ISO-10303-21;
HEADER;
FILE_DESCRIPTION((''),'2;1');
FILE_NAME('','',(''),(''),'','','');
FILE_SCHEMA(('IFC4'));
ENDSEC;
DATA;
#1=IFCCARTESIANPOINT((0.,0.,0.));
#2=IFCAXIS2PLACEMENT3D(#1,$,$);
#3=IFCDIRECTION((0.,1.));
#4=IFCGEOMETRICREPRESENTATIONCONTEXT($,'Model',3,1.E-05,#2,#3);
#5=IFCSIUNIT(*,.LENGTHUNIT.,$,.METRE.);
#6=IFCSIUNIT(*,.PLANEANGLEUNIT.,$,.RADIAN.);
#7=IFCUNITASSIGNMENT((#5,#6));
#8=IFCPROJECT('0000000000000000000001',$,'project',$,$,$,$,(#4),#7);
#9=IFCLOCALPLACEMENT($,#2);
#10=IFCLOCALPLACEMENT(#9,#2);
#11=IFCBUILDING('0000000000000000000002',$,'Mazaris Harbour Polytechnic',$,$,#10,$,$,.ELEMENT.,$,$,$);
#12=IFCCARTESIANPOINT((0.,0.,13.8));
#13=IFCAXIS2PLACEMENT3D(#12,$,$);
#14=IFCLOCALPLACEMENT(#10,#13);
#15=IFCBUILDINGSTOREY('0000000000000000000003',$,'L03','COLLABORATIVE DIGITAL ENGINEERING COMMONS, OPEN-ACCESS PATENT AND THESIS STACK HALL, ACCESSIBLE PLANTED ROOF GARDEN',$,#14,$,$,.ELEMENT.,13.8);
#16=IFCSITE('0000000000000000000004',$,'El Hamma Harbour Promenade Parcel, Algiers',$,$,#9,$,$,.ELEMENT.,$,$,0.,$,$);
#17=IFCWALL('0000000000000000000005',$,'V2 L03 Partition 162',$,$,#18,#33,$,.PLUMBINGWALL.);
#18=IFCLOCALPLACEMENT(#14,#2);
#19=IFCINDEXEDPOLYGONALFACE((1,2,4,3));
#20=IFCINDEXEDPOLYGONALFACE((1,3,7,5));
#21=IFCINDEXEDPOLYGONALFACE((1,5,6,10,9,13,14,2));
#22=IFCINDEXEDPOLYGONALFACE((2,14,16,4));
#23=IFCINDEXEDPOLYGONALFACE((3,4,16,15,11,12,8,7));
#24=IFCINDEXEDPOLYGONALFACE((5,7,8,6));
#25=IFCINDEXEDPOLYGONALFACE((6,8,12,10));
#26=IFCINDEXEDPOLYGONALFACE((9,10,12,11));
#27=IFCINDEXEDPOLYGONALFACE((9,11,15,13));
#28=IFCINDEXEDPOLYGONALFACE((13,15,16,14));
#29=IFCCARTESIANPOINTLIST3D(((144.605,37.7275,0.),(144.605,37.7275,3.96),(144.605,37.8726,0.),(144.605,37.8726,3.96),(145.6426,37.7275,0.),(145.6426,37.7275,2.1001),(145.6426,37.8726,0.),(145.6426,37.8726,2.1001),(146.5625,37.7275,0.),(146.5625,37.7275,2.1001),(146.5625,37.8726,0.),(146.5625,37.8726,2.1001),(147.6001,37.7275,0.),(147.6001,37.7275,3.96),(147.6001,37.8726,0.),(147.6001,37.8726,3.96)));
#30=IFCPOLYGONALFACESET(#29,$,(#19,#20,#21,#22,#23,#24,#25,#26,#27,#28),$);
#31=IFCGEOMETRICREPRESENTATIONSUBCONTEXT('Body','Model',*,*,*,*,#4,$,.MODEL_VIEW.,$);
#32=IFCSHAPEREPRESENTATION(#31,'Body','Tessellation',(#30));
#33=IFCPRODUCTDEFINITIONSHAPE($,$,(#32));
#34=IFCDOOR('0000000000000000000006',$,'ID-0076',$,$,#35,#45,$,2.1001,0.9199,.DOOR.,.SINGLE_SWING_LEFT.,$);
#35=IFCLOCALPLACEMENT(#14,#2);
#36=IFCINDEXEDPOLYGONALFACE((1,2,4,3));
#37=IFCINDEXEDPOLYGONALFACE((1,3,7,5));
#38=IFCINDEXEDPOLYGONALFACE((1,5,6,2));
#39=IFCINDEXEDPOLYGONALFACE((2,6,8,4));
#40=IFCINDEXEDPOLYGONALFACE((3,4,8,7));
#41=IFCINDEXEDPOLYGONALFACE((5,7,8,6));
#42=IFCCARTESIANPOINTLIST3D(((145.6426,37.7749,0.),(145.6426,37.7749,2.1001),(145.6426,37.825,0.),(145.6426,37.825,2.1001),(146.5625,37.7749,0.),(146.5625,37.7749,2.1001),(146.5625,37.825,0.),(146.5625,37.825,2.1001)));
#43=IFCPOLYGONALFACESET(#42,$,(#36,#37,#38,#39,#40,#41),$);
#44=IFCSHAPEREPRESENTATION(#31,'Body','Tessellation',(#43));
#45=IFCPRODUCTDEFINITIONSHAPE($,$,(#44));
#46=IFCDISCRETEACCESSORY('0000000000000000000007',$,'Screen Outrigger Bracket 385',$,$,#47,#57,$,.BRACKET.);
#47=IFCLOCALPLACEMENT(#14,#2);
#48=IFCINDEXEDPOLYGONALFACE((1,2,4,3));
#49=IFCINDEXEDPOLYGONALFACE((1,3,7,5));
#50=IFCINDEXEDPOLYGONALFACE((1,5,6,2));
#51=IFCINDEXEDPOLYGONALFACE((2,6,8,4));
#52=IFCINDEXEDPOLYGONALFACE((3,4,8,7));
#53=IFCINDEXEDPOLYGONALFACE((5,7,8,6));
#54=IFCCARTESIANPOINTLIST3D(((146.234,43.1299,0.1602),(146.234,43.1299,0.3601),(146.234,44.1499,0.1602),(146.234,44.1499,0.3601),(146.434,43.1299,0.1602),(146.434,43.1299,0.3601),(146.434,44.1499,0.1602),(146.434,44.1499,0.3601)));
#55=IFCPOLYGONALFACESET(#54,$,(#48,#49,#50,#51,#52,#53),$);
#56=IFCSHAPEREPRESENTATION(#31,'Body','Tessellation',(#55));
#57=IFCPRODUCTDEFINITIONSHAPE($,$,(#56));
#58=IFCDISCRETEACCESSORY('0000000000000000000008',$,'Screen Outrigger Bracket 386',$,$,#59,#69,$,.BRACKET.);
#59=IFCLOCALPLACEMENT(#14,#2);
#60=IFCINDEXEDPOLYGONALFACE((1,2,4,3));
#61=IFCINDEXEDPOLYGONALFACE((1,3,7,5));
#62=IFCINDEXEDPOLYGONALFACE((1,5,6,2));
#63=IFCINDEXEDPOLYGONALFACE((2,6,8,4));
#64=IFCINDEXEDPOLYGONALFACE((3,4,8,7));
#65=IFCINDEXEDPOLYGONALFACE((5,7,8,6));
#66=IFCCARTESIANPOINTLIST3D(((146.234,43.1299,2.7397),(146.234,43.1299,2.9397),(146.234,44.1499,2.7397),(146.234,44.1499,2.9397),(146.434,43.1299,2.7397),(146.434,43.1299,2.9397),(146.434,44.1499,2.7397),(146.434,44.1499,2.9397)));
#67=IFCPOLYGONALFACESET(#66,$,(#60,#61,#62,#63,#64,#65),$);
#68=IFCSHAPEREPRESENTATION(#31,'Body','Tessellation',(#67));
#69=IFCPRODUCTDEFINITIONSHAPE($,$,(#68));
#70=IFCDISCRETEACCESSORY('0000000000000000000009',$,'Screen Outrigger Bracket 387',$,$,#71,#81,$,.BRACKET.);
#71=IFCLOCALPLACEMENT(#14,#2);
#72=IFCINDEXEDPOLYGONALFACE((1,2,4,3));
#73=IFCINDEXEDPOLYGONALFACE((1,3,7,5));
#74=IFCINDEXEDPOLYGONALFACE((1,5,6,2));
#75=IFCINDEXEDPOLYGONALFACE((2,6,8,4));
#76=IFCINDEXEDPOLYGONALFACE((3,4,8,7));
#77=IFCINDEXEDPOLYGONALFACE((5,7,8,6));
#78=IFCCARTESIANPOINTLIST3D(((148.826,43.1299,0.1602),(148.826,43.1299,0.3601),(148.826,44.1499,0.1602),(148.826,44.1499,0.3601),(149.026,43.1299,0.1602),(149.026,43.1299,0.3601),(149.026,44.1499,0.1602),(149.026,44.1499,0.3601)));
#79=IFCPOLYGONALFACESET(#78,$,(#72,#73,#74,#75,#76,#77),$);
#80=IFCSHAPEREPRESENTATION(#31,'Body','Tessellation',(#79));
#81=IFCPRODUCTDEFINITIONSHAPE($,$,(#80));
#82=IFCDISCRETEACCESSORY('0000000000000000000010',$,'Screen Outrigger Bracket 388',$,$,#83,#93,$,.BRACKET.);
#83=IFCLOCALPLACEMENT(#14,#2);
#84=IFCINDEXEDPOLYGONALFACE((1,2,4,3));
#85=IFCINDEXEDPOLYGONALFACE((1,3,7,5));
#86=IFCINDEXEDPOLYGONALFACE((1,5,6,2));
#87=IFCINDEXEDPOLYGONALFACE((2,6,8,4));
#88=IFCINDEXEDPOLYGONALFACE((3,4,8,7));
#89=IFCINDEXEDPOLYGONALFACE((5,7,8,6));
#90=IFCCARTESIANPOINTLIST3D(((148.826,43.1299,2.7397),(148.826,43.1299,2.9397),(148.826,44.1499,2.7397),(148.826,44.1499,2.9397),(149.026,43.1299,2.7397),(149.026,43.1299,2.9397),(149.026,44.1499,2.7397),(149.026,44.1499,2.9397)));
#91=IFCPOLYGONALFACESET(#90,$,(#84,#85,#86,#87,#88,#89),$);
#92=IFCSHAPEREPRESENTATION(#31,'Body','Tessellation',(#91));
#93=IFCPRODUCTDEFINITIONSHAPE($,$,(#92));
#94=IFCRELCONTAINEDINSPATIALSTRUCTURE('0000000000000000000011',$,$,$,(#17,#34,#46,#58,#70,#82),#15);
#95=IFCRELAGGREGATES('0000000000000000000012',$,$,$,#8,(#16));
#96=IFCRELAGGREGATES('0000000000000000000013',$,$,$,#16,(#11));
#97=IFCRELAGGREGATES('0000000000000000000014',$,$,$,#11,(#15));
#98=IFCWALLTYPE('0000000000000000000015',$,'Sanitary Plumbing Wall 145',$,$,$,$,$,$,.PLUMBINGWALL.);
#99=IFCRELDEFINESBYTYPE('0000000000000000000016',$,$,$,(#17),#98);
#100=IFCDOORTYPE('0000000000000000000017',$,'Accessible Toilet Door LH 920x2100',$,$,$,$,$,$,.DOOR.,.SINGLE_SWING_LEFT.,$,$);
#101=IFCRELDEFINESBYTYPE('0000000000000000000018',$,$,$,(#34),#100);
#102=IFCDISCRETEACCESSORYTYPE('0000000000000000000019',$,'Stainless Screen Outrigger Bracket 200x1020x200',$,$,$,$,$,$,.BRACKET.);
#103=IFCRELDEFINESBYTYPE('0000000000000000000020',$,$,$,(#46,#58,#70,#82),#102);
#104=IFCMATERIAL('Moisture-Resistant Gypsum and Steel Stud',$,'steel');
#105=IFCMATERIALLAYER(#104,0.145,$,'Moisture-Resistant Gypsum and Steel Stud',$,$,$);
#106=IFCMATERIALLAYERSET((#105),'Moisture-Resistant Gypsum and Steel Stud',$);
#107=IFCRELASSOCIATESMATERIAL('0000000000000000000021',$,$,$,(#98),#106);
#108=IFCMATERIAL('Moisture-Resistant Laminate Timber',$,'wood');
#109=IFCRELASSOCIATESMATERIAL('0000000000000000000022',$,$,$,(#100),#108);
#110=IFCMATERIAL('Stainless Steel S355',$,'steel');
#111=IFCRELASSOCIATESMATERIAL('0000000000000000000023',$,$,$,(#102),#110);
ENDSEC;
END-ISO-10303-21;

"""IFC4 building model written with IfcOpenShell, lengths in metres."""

from ifc_helpers import new_model, si_unit, direction, frame, frame_2d, origin, origin_2d, place, context, subcontext, project, spatial, rectangle, extrude, material, layer, layer_set, type_object, element, fill, save


model = new_model("IFC4")

# Units and contexts
model_context = context("Model", 3, precision=1e-05, world=origin(), true_north=direction((0.0, 1.0)))
body_context = subcontext(model_context, "Body", "Model", "MODEL_VIEW")
ifc_project = project(units=[si_unit("LENGTHUNIT", "METRE"), si_unit("PLANEANGLEUNIT", "RADIAN")], contexts=[model_context])

# Site, building, storey
site_placement = place(None, origin())
site = spatial("IfcSite", under=ifc_project, at=site_placement, Name="El Hamma Harbour Promenade Parcel, Algiers", CompositionType="ELEMENT", RefElevation=0.0)
building_placement = place(site_placement, origin())
building = spatial("IfcBuilding", under=site, at=building_placement, Name="Mazaris Harbour Polytechnic", CompositionType="ELEMENT")
storey_placement = place(building_placement, frame((0.0, 0.0, 13.8)))
storey = spatial("IfcBuildingStorey", under=building, at=storey_placement, Name="L03", Description="COLLABORATIVE DIGITAL ENGINEERING COMMONS, OPEN-ACCESS PATENT AND THESIS STACK HALL, ACCESSIBLE PLANTED ROOF GARDEN", CompositionType="ELEMENT", Elevation=13.8)

# Wall, opening, door
ifc_material_1 = material(Name="Moisture-Resistant Gypsum and Steel Stud", Category="steel")
ifc_layer_1 = layer(ifc_material_1, 0.145, Name="Moisture-Resistant Gypsum and Steel Stud")
ifc_layer_set_1 = layer_set([ifc_layer_1], Name="Moisture-Resistant Gypsum and Steel Stud")
wall_type_1 = type_object("IfcWallType", Name="Sanitary Plumbing Wall 145", PredefinedType="PLUMBINGWALL", material=ifc_layer_set_1)
wall_1_placement = place(storey_placement, frame((144.605, 37.8, 0.0), z_axis=(0.0, 0.0, 1.0), x_axis=(1.0, 0.0, 0.0)))
wall_1 = element("IfcWall", 1, at=wall_1_placement, inside=storey, type_object=wall_type_1, Name="V2 L03 Partition 162", PredefinedType="PLUMBINGWALL", context=body_context, shape_type="SweptSolid", body=[
    extrude(rectangle(XDim=2.9951, YDim=0.145, at=frame_2d((1.4976, 0.0))), origin(), (0.0, 0.0, 1.0), 3.96),
])
opening_1_placement = place(wall_1_placement, frame((1.0376, 0.0, 0.0)))
opening_1 = element("IfcOpeningElement", 2, at=opening_1_placement, cuts=wall_1, PredefinedType="OPENING", context=body_context, shape_type="SweptSolid", body=[
    extrude(rectangle(XDim=0.9199, YDim=2.1001, at=frame_2d((0.46, 1.05))), frame((0.0, 0.0825, 0.0), z_axis=(0.0, -1.0, 0.0), x_axis=(1.0, 0.0, 0.0)), (0.0, 0.0, 1.0), 0.165),
])
ifc_material_2 = material(Name="Moisture-Resistant Laminate Timber", Category="wood")
door_type_1 = type_object("IfcDoorType", Name="Accessible Toilet Door LH 920x2100", OperationType="SINGLE_SWING_LEFT", PredefinedType="DOOR", material=ifc_material_2)
door_1_placement = place(opening_1_placement, origin())
door_1 = element("IfcDoor", 3, at=door_1_placement, inside=storey, type_object=door_type_1, Name="ID-0076", OperationType="SINGLE_SWING_LEFT", OverallHeight=2.1001, OverallWidth=0.9199, PredefinedType="DOOR", context=body_context, shape_type="SweptSolid", body=[
    extrude(rectangle(XDim=0.9199, YDim=2.1001, at=frame_2d((0.46, 1.05))), frame((0.0, 0.0249, 0.0), z_axis=(0.0, -1.0, 0.0), x_axis=(1.0, 0.0, 0.0)), (0.0, 0.0, 1.0), 0.05),
])
fill(opening_1, door_1)

# Discrete accessories
ifc_material_3 = material(Name="Stainless Steel S355", Category="steel")
discrete_accessory_type = type_object("IfcDiscreteAccessoryType", Name="Stainless Screen Outrigger Bracket 200x1020x200", PredefinedType="BRACKET", material=ifc_material_3)
for number, where, z_axis, x_axis, name in (
    (4, (146.334, 43.6399, 0.1602), (0.0, 0.0, 1.0), (1.0, 0.0, 0.0), "Screen Outrigger Bracket 385"),
    (5, (146.334, 43.6399, 2.7397), (0.0, 0.0, 1.0), (1.0, 0.0, 0.0), "Screen Outrigger Bracket 386"),
    (6, (148.926, 43.6399, 0.1602), (0.0, 0.0, 1.0), (1.0, 0.0, 0.0), "Screen Outrigger Bracket 387"),
    (7, (148.926, 43.6399, 2.7397), (0.0, 0.0, 1.0), (1.0, 0.0, 0.0), "Screen Outrigger Bracket 388"),
):
    element("IfcDiscreteAccessory", number, at=place(storey_placement, frame(where, z_axis=z_axis, x_axis=x_axis)), inside=storey, type_object=discrete_accessory_type, Name=name, PredefinedType="BRACKET", context=body_context, shape_type="SweptSolid", body=[
        extrude(rectangle(XDim=0.2, YDim=1.02, at=origin_2d()), origin(), (0.0, 0.0, 1.0), 0.2),
    ])

save(model, "model.ifc")
